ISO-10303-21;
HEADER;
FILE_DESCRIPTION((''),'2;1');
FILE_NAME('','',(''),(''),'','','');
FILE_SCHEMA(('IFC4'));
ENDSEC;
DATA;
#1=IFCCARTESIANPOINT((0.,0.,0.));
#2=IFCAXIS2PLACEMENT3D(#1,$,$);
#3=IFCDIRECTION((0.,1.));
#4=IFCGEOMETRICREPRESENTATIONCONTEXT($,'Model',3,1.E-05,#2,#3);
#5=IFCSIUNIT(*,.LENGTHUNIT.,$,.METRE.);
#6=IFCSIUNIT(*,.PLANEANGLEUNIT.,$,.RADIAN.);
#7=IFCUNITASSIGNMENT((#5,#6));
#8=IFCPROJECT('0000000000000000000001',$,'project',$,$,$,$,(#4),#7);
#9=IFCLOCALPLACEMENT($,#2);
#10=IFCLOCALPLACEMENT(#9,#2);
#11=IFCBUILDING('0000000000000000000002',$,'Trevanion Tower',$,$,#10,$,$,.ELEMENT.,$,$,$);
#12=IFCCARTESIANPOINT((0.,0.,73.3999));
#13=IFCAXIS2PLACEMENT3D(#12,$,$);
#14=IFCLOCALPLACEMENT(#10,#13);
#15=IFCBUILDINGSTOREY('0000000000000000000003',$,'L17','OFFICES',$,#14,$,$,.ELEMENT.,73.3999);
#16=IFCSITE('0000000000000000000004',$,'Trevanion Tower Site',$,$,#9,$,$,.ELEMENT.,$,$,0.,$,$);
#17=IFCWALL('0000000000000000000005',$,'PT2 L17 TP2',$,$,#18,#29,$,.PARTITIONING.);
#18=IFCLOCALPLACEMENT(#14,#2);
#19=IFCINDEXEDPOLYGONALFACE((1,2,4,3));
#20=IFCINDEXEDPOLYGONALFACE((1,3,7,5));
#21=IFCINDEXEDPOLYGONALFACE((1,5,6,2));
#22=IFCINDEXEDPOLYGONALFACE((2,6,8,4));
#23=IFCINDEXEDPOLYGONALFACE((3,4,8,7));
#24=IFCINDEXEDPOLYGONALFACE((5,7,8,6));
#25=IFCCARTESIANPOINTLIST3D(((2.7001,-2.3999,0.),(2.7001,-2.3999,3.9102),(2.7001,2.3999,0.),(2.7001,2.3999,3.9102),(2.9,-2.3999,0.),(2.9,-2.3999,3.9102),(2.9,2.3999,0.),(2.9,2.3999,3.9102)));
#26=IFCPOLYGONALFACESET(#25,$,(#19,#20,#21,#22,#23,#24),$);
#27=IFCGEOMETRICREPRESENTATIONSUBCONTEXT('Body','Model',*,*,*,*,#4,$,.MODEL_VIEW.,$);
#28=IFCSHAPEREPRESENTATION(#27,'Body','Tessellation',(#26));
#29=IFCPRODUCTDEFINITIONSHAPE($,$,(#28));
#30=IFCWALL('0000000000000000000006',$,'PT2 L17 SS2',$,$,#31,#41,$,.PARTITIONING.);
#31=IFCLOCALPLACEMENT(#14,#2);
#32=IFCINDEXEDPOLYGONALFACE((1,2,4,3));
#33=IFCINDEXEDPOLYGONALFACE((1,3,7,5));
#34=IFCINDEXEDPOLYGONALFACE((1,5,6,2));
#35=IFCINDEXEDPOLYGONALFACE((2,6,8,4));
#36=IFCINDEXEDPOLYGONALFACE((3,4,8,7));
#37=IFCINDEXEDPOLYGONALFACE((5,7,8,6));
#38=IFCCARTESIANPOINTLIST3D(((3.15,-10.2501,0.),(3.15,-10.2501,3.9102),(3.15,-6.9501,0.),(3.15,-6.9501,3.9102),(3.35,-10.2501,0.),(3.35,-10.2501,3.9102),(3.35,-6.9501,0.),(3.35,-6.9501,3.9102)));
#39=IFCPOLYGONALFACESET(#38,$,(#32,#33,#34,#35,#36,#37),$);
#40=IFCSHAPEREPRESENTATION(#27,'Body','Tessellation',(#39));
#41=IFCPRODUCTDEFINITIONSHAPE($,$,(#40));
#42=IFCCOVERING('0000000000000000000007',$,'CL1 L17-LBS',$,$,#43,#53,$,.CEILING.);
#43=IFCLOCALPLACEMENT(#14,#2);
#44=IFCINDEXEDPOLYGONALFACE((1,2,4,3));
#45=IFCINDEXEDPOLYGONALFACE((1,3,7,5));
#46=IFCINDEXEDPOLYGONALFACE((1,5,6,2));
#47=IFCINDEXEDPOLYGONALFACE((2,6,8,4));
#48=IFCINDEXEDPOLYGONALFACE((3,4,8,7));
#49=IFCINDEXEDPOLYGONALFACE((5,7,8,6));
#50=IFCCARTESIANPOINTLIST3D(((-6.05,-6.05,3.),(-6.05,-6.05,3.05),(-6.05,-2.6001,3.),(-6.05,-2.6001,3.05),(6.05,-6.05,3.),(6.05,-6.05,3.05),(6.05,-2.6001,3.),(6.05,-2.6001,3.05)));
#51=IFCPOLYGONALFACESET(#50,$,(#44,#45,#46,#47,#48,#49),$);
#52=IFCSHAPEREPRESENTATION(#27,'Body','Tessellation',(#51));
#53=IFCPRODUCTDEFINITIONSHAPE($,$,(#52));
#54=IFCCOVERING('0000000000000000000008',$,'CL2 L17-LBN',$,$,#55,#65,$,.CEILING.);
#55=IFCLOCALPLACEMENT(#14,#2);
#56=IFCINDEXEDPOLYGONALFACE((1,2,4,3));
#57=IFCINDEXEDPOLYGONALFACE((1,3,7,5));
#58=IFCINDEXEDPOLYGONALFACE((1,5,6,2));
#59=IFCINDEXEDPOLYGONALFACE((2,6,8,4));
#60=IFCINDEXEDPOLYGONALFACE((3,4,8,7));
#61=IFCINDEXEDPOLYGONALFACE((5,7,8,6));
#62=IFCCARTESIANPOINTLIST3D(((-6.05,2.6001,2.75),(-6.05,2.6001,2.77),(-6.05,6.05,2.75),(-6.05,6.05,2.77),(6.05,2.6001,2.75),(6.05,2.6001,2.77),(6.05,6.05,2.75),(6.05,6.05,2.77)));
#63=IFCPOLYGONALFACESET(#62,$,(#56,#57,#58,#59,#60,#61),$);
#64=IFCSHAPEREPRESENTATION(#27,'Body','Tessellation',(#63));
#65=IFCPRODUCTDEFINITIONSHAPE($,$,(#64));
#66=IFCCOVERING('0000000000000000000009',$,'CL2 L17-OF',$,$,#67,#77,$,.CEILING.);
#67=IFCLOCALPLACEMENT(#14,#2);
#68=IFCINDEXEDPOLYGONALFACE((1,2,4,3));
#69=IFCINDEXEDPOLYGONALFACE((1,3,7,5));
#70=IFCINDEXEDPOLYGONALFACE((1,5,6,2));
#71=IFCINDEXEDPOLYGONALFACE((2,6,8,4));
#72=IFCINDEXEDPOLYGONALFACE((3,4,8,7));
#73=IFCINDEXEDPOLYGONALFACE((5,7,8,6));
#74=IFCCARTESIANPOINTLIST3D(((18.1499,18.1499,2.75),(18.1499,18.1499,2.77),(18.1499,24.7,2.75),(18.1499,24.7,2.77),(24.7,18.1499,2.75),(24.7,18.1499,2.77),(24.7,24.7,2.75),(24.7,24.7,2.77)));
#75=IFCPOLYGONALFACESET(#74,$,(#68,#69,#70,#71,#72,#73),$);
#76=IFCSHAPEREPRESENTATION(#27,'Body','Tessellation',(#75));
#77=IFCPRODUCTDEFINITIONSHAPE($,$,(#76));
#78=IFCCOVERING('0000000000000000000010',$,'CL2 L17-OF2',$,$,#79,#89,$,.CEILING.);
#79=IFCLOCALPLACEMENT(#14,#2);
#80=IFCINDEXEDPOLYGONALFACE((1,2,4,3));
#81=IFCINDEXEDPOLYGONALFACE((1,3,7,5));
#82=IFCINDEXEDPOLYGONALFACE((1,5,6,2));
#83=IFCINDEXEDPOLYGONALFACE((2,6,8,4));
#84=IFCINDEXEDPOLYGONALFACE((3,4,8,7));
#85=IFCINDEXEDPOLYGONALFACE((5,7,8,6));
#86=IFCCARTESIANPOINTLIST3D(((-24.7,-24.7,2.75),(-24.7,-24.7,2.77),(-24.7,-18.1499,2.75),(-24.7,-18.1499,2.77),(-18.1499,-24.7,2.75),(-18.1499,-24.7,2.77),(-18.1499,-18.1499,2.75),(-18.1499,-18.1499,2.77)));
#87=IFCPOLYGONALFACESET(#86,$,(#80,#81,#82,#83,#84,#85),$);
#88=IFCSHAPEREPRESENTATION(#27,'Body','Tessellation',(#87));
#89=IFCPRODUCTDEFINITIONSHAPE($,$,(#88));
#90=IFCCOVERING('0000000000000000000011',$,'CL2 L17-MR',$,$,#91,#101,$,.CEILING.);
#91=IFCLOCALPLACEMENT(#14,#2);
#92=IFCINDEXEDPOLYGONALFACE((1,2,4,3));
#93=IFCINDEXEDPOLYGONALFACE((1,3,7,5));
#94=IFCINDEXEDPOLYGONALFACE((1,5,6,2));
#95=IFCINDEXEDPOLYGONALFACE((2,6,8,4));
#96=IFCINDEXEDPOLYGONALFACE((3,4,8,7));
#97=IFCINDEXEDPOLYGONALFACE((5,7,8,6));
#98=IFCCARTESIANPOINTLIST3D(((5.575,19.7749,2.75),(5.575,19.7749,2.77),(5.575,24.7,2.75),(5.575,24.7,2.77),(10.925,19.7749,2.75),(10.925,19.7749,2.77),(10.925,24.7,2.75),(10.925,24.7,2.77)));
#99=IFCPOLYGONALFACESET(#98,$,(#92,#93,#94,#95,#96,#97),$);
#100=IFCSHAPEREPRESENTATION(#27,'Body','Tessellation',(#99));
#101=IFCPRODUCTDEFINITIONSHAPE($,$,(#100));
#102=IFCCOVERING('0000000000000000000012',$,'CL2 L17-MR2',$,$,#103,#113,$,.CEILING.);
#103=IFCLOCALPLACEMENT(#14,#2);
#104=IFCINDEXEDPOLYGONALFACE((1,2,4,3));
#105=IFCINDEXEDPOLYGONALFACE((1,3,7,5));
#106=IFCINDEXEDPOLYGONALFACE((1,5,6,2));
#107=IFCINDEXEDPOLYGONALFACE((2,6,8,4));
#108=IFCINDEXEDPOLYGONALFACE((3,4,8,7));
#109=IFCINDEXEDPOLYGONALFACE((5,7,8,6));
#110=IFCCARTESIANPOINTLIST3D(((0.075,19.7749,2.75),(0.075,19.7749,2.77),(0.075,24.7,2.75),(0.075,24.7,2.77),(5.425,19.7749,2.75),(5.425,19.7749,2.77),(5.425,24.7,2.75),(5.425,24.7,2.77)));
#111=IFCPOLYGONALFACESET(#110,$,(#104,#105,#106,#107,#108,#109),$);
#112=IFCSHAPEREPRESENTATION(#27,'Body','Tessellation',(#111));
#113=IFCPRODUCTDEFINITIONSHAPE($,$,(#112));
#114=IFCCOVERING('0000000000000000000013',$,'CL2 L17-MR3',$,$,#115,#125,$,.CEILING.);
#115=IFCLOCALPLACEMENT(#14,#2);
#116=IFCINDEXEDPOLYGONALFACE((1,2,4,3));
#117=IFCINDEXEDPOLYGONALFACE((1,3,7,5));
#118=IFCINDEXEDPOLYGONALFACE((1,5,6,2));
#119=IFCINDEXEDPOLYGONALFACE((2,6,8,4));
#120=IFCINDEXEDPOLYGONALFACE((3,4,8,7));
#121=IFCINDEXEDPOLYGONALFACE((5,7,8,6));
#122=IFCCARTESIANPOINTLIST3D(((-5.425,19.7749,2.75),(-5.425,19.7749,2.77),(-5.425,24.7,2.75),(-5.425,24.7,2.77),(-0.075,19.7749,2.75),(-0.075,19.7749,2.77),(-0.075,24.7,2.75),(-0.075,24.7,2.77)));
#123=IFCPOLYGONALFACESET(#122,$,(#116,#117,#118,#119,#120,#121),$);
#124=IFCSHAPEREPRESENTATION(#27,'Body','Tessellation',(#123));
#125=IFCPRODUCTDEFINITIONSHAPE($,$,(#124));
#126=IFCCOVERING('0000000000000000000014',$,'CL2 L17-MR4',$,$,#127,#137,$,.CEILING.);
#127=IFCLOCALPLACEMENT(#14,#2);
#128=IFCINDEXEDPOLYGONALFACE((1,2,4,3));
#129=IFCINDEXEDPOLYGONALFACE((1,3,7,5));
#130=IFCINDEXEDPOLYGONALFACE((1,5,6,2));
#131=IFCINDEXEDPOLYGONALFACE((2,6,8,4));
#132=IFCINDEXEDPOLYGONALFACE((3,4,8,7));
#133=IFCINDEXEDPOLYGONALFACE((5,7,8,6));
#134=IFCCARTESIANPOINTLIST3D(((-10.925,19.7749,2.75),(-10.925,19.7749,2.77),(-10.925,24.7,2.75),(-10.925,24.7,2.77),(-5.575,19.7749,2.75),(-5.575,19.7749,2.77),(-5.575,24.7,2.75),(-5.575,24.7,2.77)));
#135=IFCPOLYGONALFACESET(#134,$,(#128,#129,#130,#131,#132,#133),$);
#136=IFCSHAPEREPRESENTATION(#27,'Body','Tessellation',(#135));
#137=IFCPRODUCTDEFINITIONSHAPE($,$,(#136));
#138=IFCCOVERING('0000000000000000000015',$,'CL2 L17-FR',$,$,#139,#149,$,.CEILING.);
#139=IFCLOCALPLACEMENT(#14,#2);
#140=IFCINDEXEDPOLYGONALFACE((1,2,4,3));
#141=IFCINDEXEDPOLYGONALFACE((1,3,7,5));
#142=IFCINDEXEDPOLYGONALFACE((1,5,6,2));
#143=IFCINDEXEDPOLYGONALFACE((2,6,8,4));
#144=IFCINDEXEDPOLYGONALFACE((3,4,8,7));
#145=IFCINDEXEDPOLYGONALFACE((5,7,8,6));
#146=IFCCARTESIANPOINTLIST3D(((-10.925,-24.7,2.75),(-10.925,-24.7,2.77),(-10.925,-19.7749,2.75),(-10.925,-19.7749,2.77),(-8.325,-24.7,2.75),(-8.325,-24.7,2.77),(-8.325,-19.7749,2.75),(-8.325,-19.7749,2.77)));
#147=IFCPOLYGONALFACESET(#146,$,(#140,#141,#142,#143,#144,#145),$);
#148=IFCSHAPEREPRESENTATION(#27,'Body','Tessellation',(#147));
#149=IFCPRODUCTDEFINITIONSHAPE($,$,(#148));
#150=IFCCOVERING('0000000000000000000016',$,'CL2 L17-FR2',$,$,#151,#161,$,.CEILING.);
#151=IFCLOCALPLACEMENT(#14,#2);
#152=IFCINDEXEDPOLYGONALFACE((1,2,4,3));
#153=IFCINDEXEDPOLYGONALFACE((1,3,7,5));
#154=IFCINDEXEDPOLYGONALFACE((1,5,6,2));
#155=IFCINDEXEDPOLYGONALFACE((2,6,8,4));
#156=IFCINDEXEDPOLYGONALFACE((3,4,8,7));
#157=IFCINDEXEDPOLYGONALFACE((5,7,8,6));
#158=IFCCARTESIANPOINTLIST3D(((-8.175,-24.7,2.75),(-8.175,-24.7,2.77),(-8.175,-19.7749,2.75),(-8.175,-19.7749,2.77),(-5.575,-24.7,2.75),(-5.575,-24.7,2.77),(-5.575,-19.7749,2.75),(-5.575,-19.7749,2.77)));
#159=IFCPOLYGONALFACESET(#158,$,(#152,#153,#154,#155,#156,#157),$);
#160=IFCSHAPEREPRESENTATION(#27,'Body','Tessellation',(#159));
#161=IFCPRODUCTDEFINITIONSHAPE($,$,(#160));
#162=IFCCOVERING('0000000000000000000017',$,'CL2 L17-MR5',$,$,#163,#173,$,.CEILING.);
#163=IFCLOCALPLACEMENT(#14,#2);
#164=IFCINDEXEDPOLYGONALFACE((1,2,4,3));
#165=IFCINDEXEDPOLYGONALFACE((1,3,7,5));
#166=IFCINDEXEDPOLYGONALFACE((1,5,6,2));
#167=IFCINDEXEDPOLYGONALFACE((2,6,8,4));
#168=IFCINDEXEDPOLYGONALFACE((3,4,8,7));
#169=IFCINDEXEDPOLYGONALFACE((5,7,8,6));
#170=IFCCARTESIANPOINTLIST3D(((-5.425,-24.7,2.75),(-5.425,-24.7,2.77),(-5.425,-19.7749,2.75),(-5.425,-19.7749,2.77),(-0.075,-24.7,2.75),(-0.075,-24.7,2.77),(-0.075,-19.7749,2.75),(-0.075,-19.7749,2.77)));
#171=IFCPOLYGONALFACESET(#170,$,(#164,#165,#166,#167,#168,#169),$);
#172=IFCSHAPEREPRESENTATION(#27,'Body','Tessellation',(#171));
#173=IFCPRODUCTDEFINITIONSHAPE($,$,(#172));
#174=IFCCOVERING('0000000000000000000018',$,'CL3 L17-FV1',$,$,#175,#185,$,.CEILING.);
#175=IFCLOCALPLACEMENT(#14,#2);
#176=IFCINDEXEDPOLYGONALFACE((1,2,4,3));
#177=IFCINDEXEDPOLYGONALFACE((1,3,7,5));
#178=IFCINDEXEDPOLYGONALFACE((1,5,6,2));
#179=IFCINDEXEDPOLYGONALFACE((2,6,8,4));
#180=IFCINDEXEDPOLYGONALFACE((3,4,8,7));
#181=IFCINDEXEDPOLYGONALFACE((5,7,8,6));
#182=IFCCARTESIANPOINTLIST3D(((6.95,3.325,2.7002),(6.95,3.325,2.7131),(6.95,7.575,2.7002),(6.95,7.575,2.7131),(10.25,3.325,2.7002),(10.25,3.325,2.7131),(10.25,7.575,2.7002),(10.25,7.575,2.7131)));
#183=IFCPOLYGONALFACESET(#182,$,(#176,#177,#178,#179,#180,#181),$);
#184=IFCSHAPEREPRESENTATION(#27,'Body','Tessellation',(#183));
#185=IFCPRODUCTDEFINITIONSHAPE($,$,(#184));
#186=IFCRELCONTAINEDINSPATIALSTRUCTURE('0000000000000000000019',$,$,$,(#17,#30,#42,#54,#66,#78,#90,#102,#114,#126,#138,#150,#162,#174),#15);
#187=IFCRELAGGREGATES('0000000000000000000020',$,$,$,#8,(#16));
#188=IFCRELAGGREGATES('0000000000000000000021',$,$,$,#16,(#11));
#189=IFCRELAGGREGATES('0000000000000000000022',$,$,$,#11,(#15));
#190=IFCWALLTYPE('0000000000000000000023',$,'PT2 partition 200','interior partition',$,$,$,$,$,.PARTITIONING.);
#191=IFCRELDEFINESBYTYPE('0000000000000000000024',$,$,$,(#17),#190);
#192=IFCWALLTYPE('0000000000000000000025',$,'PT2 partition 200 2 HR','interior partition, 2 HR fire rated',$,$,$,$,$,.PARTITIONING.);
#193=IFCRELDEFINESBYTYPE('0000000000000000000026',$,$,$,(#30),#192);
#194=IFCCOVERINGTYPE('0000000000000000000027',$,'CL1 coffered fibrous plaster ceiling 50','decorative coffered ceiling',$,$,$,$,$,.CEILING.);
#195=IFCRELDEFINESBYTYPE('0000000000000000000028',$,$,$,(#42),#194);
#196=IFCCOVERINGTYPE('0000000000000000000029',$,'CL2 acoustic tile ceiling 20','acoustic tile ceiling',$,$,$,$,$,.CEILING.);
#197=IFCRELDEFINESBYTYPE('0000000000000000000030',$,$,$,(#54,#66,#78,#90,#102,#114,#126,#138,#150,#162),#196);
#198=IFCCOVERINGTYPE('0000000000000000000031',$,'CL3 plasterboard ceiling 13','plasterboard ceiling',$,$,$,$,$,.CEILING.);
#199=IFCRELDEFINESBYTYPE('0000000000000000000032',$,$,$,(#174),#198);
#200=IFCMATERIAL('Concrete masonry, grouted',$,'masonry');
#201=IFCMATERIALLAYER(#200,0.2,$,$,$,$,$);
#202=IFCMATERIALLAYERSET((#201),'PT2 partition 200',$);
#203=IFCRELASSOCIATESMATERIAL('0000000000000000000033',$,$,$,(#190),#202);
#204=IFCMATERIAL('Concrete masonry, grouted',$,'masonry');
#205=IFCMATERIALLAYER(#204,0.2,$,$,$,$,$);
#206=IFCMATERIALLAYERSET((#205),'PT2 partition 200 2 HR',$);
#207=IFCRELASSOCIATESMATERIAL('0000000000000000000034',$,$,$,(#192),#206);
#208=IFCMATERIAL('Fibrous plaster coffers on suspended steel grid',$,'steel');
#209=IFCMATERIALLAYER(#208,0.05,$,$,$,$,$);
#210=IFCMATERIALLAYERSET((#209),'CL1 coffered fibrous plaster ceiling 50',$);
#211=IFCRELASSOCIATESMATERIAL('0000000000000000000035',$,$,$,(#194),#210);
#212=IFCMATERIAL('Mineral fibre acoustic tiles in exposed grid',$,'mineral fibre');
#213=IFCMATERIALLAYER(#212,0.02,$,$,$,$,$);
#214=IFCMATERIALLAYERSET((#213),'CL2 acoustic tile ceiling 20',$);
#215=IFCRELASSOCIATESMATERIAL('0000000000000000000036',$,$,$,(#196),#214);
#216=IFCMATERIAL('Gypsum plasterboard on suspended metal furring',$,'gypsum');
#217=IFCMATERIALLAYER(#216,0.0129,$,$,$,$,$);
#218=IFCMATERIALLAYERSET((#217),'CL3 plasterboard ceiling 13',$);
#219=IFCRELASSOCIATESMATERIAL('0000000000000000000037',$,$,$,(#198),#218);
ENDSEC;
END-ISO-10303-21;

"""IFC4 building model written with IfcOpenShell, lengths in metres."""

from ifc_helpers import new_model, si_unit, direction, frame, frame_2d, origin, place, context, subcontext, project, spatial, polyline, rectangle, outline, extrude, material, layer, layer_set, type_object, element, save


model = new_model("IFC4")

# Units and contexts
model_context = context("Model", 3, precision=1e-05, world=origin(), true_north=direction((0.0, 1.0)))
body_context = subcontext(model_context, "Body", "Model", "MODEL_VIEW")
ifc_project = project(units=[si_unit("LENGTHUNIT", "METRE"), si_unit("PLANEANGLEUNIT", "RADIAN")], contexts=[model_context])

# Site, building, storey
site_placement = place(None, origin())
site = spatial("IfcSite", under=ifc_project, at=site_placement, Name="Trevanion Tower Site", CompositionType="ELEMENT", RefElevation=0.0)
building_placement = place(site_placement, origin())
building = spatial("IfcBuilding", under=site, at=building_placement, Name="Trevanion Tower", CompositionType="ELEMENT")
storey_placement = place(building_placement, frame((0.0, 0.0, 73.3999)))
storey = spatial("IfcBuildingStorey", under=building, at=storey_placement, Name="L17", Description="OFFICES", CompositionType="ELEMENT", Elevation=73.3999)

# Walls
ifc_material_1 = material(Name="Concrete masonry, grouted", Category="masonry")
ifc_layer_1 = layer(ifc_material_1, 0.2)
ifc_layer_set_1 = layer_set([ifc_layer_1], Name="PT2 partition 200")
wall_type_1 = type_object("IfcWallType", Name="PT2 partition 200", Description="interior partition", PredefinedType="PARTITIONING", material=ifc_layer_set_1)
wall_1_placement = place(storey_placement, frame((2.8, -2.3999, 0.0), z_axis=(0.0, 0.0, 1.0), x_axis=(0.0, 1.0, 0.0)))
element("IfcWall", 1, at=wall_1_placement, inside=storey, type_object=wall_type_1, Name="PT2 L17 TP2", PredefinedType="PARTITIONING", context=body_context, shape_type="SweptSolid", body=[
    extrude(rectangle(XDim=4.7998, YDim=0.2, at=frame_2d((2.3999, 0.0))), origin(), (0.0, 0.0, 1.0), 3.9102),
])
ifc_material_2 = material(Name="Concrete masonry, grouted", Category="masonry")
ifc_layer_2 = layer(ifc_material_2, 0.2)
ifc_layer_set_2 = layer_set([ifc_layer_2], Name="PT2 partition 200 2 HR")
wall_type_2 = type_object("IfcWallType", Name="PT2 partition 200 2 HR", Description="interior partition, 2 HR fire rated", PredefinedType="PARTITIONING", material=ifc_layer_set_2)
wall_2_placement = place(storey_placement, frame((3.25, -10.25, 0.0), z_axis=(0.0, 0.0, 1.0), x_axis=(0.0, 1.0, 0.0)))
element("IfcWall", 2, at=wall_2_placement, inside=storey, type_object=wall_type_2, Name="PT2 L17 SS2", PredefinedType="PARTITIONING", context=body_context, shape_type="SweptSolid", body=[
    extrude(rectangle(XDim=3.3, YDim=0.2, at=frame_2d((1.6499, 0.0))), origin(), (0.0, 0.0, 1.0), 3.9102),
])

# Coverings
ifc_material_3 = material(Name="Fibrous plaster coffers on suspended steel grid", Category="steel")
ifc_layer_3 = layer(ifc_material_3, 0.05)
ifc_layer_set_3 = layer_set([ifc_layer_3], Name="CL1 coffered fibrous plaster ceiling 50")
covering_type_1 = type_object("IfcCoveringType", Name="CL1 coffered fibrous plaster ceiling 50", Description="decorative coffered ceiling", PredefinedType="CEILING", material=ifc_layer_set_3)
covering_1_placement = place(storey_placement, frame((0.0, 0.0, 3.0)))
element("IfcCovering", 3, at=covering_1_placement, inside=storey, type_object=covering_type_1, Name="CL1 L17-LBS", PredefinedType="CEILING", context=body_context, shape_type="SweptSolid", body=[
    extrude(outline(polyline([(6.05, -6.05), (6.05, -2.6001), (-6.05, -2.6001), (-6.05, -6.05), (6.05, -6.05)])), origin(), (0.0, 0.0, 1.0), 0.05),
])
ifc_material_4 = material(Name="Mineral fibre acoustic tiles in exposed grid", Category="mineral fibre")
ifc_layer_4 = layer(ifc_material_4, 0.02)
ifc_layer_set_4 = layer_set([ifc_layer_4], Name="CL2 acoustic tile ceiling 20")
covering_type_2 = type_object("IfcCoveringType", Name="CL2 acoustic tile ceiling 20", Description="acoustic tile ceiling", PredefinedType="CEILING", material=ifc_layer_set_4)
covering_2_placement = place(storey_placement, frame((0.0, 0.0, 2.75)))
element("IfcCovering", 4, at=covering_2_placement, inside=storey, type_object=covering_type_2, Name="CL2 L17-LBN", PredefinedType="CEILING", context=body_context, shape_type="SweptSolid", body=[
    extrude(outline(polyline([(6.05, 2.6001), (6.05, 6.05), (-6.05, 6.05), (-6.05, 2.6001), (6.05, 2.6001)])), origin(), (0.0, 0.0, 1.0), 0.02),
])
covering_3_placement = place(storey_placement, frame((0.0, 0.0, 2.75)))
element("IfcCovering", 5, at=covering_3_placement, inside=storey, type_object=covering_type_2, Name="CL2 L17-OF", PredefinedType="CEILING", context=body_context, shape_type="SweptSolid", body=[
    extrude(outline(polyline([(18.1499, 18.1499), (18.1499, 24.7), (24.7, 24.7), (24.7, 18.1499), (18.1499, 18.1499)])), origin(), (0.0, 0.0, 1.0), 0.02),
])
covering_4_placement = place(storey_placement, frame((0.0, 0.0, 2.75)))
element("IfcCovering", 6, at=covering_4_placement, inside=storey, type_object=covering_type_2, Name="CL2 L17-OF2", PredefinedType="CEILING", context=body_context, shape_type="SweptSolid", body=[
    extrude(outline(polyline([(-18.1499, -18.1499), (-18.1499, -24.7), (-24.7, -24.7), (-24.7, -18.1499), (-18.1499, -18.1499)])), origin(), (0.0, 0.0, 1.0), 0.02),
])
covering_5_placement = place(storey_placement, frame((0.0, 0.0, 2.75)))
element("IfcCovering", 7, at=covering_5_placement, inside=storey, type_object=covering_type_2, Name="CL2 L17-MR", PredefinedType="CEILING", context=body_context, shape_type="SweptSolid", body=[
    extrude(outline(polyline([(10.925, 19.7749), (5.575, 19.7749), (5.575, 24.7), (10.925, 24.7), (10.925, 19.7749)])), origin(), (0.0, 0.0, 1.0), 0.02),
])
covering_6_placement = place(storey_placement, frame((0.0, 0.0, 2.75)))
element("IfcCovering", 8, at=covering_6_placement, inside=storey, type_object=covering_type_2, Name="CL2 L17-MR2", PredefinedType="CEILING", context=body_context, shape_type="SweptSolid", body=[
    extrude(outline(polyline([(5.425, 19.7749), (0.075, 19.7749), (0.075, 24.7), (5.425, 24.7), (5.425, 19.7749)])), origin(), (0.0, 0.0, 1.0), 0.02),
])
covering_7_placement = place(storey_placement, frame((0.0, 0.0, 2.75)))
element("IfcCovering", 9, at=covering_7_placement, inside=storey, type_object=covering_type_2, Name="CL2 L17-MR3", PredefinedType="CEILING", context=body_context, shape_type="SweptSolid", body=[
    extrude(outline(polyline([(-0.075, 19.7749), (-5.425, 19.7749), (-5.425, 24.7), (-0.075, 24.7), (-0.075, 19.7749)])), origin(), (0.0, 0.0, 1.0), 0.02),
])
covering_8_placement = place(storey_placement, frame((0.0, 0.0, 2.75)))
element("IfcCovering", 10, at=covering_8_placement, inside=storey, type_object=covering_type_2, Name="CL2 L17-MR4", PredefinedType="CEILING", context=body_context, shape_type="SweptSolid", body=[
    extrude(outline(polyline([(-5.575, 19.7749), (-10.925, 19.7749), (-10.925, 24.7), (-5.575, 24.7), (-5.575, 19.7749)])), origin(), (0.0, 0.0, 1.0), 0.02),
])
covering_9_placement = place(storey_placement, frame((0.0, 0.0, 2.75)))
element("IfcCovering", 11, at=covering_9_placement, inside=storey, type_object=covering_type_2, Name="CL2 L17-FR", PredefinedType="CEILING", context=body_context, shape_type="SweptSolid", body=[
    extrude(outline(polyline([(-10.925, -19.7749), (-8.325, -19.7749), (-8.325, -24.7), (-10.925, -24.7), (-10.925, -19.7749)])), origin(), (0.0, 0.0, 1.0), 0.02),
])
covering_10_placement = place(storey_placement, frame((0.0, 0.0, 2.75)))
element("IfcCovering", 12, at=covering_10_placement, inside=storey, type_object=covering_type_2, Name="CL2 L17-FR2", PredefinedType="CEILING", context=body_context, shape_type="SweptSolid", body=[
    extrude(outline(polyline([(-8.175, -19.7749), (-5.575, -19.7749), (-5.575, -24.7), (-8.175, -24.7), (-8.175, -19.7749)])), origin(), (0.0, 0.0, 1.0), 0.02),
])
covering_11_placement = place(storey_placement, frame((0.0, 0.0, 2.75)))
element("IfcCovering", 13, at=covering_11_placement, inside=storey, type_object=covering_type_2, Name="CL2 L17-MR5", PredefinedType="CEILING", context=body_context, shape_type="SweptSolid", body=[
    extrude(outline(polyline([(-5.425, -19.7749), (-0.075, -19.7749), (-0.075, -24.7), (-5.425, -24.7), (-5.425, -19.7749)])), origin(), (0.0, 0.0, 1.0), 0.02),
])
ifc_material_5 = material(Name="Gypsum plasterboard on suspended metal furring", Category="gypsum")
ifc_layer_5 = layer(ifc_material_5, 0.0129)
ifc_layer_set_5 = layer_set([ifc_layer_5], Name="CL3 plasterboard ceiling 13")
covering_type_3 = type_object("IfcCoveringType", Name="CL3 plasterboard ceiling 13", Description="plasterboard ceiling", PredefinedType="CEILING", material=ifc_layer_set_5)
covering_12_placement = place(storey_placement, frame((0.0, 0.0, 2.7002)))
element("IfcCovering", 14, at=covering_12_placement, inside=storey, type_object=covering_type_3, Name="CL3 L17-FV1", PredefinedType="CEILING", context=body_context, shape_type="SweptSolid", body=[
    extrude(outline(polyline([(10.25, 3.325), (10.25, 7.575), (6.95, 7.575), (6.95, 3.325), (10.25, 3.325)])), origin(), (0.0, 0.0, 1.0), 0.0129),
])

save(model, "model.ifc")
